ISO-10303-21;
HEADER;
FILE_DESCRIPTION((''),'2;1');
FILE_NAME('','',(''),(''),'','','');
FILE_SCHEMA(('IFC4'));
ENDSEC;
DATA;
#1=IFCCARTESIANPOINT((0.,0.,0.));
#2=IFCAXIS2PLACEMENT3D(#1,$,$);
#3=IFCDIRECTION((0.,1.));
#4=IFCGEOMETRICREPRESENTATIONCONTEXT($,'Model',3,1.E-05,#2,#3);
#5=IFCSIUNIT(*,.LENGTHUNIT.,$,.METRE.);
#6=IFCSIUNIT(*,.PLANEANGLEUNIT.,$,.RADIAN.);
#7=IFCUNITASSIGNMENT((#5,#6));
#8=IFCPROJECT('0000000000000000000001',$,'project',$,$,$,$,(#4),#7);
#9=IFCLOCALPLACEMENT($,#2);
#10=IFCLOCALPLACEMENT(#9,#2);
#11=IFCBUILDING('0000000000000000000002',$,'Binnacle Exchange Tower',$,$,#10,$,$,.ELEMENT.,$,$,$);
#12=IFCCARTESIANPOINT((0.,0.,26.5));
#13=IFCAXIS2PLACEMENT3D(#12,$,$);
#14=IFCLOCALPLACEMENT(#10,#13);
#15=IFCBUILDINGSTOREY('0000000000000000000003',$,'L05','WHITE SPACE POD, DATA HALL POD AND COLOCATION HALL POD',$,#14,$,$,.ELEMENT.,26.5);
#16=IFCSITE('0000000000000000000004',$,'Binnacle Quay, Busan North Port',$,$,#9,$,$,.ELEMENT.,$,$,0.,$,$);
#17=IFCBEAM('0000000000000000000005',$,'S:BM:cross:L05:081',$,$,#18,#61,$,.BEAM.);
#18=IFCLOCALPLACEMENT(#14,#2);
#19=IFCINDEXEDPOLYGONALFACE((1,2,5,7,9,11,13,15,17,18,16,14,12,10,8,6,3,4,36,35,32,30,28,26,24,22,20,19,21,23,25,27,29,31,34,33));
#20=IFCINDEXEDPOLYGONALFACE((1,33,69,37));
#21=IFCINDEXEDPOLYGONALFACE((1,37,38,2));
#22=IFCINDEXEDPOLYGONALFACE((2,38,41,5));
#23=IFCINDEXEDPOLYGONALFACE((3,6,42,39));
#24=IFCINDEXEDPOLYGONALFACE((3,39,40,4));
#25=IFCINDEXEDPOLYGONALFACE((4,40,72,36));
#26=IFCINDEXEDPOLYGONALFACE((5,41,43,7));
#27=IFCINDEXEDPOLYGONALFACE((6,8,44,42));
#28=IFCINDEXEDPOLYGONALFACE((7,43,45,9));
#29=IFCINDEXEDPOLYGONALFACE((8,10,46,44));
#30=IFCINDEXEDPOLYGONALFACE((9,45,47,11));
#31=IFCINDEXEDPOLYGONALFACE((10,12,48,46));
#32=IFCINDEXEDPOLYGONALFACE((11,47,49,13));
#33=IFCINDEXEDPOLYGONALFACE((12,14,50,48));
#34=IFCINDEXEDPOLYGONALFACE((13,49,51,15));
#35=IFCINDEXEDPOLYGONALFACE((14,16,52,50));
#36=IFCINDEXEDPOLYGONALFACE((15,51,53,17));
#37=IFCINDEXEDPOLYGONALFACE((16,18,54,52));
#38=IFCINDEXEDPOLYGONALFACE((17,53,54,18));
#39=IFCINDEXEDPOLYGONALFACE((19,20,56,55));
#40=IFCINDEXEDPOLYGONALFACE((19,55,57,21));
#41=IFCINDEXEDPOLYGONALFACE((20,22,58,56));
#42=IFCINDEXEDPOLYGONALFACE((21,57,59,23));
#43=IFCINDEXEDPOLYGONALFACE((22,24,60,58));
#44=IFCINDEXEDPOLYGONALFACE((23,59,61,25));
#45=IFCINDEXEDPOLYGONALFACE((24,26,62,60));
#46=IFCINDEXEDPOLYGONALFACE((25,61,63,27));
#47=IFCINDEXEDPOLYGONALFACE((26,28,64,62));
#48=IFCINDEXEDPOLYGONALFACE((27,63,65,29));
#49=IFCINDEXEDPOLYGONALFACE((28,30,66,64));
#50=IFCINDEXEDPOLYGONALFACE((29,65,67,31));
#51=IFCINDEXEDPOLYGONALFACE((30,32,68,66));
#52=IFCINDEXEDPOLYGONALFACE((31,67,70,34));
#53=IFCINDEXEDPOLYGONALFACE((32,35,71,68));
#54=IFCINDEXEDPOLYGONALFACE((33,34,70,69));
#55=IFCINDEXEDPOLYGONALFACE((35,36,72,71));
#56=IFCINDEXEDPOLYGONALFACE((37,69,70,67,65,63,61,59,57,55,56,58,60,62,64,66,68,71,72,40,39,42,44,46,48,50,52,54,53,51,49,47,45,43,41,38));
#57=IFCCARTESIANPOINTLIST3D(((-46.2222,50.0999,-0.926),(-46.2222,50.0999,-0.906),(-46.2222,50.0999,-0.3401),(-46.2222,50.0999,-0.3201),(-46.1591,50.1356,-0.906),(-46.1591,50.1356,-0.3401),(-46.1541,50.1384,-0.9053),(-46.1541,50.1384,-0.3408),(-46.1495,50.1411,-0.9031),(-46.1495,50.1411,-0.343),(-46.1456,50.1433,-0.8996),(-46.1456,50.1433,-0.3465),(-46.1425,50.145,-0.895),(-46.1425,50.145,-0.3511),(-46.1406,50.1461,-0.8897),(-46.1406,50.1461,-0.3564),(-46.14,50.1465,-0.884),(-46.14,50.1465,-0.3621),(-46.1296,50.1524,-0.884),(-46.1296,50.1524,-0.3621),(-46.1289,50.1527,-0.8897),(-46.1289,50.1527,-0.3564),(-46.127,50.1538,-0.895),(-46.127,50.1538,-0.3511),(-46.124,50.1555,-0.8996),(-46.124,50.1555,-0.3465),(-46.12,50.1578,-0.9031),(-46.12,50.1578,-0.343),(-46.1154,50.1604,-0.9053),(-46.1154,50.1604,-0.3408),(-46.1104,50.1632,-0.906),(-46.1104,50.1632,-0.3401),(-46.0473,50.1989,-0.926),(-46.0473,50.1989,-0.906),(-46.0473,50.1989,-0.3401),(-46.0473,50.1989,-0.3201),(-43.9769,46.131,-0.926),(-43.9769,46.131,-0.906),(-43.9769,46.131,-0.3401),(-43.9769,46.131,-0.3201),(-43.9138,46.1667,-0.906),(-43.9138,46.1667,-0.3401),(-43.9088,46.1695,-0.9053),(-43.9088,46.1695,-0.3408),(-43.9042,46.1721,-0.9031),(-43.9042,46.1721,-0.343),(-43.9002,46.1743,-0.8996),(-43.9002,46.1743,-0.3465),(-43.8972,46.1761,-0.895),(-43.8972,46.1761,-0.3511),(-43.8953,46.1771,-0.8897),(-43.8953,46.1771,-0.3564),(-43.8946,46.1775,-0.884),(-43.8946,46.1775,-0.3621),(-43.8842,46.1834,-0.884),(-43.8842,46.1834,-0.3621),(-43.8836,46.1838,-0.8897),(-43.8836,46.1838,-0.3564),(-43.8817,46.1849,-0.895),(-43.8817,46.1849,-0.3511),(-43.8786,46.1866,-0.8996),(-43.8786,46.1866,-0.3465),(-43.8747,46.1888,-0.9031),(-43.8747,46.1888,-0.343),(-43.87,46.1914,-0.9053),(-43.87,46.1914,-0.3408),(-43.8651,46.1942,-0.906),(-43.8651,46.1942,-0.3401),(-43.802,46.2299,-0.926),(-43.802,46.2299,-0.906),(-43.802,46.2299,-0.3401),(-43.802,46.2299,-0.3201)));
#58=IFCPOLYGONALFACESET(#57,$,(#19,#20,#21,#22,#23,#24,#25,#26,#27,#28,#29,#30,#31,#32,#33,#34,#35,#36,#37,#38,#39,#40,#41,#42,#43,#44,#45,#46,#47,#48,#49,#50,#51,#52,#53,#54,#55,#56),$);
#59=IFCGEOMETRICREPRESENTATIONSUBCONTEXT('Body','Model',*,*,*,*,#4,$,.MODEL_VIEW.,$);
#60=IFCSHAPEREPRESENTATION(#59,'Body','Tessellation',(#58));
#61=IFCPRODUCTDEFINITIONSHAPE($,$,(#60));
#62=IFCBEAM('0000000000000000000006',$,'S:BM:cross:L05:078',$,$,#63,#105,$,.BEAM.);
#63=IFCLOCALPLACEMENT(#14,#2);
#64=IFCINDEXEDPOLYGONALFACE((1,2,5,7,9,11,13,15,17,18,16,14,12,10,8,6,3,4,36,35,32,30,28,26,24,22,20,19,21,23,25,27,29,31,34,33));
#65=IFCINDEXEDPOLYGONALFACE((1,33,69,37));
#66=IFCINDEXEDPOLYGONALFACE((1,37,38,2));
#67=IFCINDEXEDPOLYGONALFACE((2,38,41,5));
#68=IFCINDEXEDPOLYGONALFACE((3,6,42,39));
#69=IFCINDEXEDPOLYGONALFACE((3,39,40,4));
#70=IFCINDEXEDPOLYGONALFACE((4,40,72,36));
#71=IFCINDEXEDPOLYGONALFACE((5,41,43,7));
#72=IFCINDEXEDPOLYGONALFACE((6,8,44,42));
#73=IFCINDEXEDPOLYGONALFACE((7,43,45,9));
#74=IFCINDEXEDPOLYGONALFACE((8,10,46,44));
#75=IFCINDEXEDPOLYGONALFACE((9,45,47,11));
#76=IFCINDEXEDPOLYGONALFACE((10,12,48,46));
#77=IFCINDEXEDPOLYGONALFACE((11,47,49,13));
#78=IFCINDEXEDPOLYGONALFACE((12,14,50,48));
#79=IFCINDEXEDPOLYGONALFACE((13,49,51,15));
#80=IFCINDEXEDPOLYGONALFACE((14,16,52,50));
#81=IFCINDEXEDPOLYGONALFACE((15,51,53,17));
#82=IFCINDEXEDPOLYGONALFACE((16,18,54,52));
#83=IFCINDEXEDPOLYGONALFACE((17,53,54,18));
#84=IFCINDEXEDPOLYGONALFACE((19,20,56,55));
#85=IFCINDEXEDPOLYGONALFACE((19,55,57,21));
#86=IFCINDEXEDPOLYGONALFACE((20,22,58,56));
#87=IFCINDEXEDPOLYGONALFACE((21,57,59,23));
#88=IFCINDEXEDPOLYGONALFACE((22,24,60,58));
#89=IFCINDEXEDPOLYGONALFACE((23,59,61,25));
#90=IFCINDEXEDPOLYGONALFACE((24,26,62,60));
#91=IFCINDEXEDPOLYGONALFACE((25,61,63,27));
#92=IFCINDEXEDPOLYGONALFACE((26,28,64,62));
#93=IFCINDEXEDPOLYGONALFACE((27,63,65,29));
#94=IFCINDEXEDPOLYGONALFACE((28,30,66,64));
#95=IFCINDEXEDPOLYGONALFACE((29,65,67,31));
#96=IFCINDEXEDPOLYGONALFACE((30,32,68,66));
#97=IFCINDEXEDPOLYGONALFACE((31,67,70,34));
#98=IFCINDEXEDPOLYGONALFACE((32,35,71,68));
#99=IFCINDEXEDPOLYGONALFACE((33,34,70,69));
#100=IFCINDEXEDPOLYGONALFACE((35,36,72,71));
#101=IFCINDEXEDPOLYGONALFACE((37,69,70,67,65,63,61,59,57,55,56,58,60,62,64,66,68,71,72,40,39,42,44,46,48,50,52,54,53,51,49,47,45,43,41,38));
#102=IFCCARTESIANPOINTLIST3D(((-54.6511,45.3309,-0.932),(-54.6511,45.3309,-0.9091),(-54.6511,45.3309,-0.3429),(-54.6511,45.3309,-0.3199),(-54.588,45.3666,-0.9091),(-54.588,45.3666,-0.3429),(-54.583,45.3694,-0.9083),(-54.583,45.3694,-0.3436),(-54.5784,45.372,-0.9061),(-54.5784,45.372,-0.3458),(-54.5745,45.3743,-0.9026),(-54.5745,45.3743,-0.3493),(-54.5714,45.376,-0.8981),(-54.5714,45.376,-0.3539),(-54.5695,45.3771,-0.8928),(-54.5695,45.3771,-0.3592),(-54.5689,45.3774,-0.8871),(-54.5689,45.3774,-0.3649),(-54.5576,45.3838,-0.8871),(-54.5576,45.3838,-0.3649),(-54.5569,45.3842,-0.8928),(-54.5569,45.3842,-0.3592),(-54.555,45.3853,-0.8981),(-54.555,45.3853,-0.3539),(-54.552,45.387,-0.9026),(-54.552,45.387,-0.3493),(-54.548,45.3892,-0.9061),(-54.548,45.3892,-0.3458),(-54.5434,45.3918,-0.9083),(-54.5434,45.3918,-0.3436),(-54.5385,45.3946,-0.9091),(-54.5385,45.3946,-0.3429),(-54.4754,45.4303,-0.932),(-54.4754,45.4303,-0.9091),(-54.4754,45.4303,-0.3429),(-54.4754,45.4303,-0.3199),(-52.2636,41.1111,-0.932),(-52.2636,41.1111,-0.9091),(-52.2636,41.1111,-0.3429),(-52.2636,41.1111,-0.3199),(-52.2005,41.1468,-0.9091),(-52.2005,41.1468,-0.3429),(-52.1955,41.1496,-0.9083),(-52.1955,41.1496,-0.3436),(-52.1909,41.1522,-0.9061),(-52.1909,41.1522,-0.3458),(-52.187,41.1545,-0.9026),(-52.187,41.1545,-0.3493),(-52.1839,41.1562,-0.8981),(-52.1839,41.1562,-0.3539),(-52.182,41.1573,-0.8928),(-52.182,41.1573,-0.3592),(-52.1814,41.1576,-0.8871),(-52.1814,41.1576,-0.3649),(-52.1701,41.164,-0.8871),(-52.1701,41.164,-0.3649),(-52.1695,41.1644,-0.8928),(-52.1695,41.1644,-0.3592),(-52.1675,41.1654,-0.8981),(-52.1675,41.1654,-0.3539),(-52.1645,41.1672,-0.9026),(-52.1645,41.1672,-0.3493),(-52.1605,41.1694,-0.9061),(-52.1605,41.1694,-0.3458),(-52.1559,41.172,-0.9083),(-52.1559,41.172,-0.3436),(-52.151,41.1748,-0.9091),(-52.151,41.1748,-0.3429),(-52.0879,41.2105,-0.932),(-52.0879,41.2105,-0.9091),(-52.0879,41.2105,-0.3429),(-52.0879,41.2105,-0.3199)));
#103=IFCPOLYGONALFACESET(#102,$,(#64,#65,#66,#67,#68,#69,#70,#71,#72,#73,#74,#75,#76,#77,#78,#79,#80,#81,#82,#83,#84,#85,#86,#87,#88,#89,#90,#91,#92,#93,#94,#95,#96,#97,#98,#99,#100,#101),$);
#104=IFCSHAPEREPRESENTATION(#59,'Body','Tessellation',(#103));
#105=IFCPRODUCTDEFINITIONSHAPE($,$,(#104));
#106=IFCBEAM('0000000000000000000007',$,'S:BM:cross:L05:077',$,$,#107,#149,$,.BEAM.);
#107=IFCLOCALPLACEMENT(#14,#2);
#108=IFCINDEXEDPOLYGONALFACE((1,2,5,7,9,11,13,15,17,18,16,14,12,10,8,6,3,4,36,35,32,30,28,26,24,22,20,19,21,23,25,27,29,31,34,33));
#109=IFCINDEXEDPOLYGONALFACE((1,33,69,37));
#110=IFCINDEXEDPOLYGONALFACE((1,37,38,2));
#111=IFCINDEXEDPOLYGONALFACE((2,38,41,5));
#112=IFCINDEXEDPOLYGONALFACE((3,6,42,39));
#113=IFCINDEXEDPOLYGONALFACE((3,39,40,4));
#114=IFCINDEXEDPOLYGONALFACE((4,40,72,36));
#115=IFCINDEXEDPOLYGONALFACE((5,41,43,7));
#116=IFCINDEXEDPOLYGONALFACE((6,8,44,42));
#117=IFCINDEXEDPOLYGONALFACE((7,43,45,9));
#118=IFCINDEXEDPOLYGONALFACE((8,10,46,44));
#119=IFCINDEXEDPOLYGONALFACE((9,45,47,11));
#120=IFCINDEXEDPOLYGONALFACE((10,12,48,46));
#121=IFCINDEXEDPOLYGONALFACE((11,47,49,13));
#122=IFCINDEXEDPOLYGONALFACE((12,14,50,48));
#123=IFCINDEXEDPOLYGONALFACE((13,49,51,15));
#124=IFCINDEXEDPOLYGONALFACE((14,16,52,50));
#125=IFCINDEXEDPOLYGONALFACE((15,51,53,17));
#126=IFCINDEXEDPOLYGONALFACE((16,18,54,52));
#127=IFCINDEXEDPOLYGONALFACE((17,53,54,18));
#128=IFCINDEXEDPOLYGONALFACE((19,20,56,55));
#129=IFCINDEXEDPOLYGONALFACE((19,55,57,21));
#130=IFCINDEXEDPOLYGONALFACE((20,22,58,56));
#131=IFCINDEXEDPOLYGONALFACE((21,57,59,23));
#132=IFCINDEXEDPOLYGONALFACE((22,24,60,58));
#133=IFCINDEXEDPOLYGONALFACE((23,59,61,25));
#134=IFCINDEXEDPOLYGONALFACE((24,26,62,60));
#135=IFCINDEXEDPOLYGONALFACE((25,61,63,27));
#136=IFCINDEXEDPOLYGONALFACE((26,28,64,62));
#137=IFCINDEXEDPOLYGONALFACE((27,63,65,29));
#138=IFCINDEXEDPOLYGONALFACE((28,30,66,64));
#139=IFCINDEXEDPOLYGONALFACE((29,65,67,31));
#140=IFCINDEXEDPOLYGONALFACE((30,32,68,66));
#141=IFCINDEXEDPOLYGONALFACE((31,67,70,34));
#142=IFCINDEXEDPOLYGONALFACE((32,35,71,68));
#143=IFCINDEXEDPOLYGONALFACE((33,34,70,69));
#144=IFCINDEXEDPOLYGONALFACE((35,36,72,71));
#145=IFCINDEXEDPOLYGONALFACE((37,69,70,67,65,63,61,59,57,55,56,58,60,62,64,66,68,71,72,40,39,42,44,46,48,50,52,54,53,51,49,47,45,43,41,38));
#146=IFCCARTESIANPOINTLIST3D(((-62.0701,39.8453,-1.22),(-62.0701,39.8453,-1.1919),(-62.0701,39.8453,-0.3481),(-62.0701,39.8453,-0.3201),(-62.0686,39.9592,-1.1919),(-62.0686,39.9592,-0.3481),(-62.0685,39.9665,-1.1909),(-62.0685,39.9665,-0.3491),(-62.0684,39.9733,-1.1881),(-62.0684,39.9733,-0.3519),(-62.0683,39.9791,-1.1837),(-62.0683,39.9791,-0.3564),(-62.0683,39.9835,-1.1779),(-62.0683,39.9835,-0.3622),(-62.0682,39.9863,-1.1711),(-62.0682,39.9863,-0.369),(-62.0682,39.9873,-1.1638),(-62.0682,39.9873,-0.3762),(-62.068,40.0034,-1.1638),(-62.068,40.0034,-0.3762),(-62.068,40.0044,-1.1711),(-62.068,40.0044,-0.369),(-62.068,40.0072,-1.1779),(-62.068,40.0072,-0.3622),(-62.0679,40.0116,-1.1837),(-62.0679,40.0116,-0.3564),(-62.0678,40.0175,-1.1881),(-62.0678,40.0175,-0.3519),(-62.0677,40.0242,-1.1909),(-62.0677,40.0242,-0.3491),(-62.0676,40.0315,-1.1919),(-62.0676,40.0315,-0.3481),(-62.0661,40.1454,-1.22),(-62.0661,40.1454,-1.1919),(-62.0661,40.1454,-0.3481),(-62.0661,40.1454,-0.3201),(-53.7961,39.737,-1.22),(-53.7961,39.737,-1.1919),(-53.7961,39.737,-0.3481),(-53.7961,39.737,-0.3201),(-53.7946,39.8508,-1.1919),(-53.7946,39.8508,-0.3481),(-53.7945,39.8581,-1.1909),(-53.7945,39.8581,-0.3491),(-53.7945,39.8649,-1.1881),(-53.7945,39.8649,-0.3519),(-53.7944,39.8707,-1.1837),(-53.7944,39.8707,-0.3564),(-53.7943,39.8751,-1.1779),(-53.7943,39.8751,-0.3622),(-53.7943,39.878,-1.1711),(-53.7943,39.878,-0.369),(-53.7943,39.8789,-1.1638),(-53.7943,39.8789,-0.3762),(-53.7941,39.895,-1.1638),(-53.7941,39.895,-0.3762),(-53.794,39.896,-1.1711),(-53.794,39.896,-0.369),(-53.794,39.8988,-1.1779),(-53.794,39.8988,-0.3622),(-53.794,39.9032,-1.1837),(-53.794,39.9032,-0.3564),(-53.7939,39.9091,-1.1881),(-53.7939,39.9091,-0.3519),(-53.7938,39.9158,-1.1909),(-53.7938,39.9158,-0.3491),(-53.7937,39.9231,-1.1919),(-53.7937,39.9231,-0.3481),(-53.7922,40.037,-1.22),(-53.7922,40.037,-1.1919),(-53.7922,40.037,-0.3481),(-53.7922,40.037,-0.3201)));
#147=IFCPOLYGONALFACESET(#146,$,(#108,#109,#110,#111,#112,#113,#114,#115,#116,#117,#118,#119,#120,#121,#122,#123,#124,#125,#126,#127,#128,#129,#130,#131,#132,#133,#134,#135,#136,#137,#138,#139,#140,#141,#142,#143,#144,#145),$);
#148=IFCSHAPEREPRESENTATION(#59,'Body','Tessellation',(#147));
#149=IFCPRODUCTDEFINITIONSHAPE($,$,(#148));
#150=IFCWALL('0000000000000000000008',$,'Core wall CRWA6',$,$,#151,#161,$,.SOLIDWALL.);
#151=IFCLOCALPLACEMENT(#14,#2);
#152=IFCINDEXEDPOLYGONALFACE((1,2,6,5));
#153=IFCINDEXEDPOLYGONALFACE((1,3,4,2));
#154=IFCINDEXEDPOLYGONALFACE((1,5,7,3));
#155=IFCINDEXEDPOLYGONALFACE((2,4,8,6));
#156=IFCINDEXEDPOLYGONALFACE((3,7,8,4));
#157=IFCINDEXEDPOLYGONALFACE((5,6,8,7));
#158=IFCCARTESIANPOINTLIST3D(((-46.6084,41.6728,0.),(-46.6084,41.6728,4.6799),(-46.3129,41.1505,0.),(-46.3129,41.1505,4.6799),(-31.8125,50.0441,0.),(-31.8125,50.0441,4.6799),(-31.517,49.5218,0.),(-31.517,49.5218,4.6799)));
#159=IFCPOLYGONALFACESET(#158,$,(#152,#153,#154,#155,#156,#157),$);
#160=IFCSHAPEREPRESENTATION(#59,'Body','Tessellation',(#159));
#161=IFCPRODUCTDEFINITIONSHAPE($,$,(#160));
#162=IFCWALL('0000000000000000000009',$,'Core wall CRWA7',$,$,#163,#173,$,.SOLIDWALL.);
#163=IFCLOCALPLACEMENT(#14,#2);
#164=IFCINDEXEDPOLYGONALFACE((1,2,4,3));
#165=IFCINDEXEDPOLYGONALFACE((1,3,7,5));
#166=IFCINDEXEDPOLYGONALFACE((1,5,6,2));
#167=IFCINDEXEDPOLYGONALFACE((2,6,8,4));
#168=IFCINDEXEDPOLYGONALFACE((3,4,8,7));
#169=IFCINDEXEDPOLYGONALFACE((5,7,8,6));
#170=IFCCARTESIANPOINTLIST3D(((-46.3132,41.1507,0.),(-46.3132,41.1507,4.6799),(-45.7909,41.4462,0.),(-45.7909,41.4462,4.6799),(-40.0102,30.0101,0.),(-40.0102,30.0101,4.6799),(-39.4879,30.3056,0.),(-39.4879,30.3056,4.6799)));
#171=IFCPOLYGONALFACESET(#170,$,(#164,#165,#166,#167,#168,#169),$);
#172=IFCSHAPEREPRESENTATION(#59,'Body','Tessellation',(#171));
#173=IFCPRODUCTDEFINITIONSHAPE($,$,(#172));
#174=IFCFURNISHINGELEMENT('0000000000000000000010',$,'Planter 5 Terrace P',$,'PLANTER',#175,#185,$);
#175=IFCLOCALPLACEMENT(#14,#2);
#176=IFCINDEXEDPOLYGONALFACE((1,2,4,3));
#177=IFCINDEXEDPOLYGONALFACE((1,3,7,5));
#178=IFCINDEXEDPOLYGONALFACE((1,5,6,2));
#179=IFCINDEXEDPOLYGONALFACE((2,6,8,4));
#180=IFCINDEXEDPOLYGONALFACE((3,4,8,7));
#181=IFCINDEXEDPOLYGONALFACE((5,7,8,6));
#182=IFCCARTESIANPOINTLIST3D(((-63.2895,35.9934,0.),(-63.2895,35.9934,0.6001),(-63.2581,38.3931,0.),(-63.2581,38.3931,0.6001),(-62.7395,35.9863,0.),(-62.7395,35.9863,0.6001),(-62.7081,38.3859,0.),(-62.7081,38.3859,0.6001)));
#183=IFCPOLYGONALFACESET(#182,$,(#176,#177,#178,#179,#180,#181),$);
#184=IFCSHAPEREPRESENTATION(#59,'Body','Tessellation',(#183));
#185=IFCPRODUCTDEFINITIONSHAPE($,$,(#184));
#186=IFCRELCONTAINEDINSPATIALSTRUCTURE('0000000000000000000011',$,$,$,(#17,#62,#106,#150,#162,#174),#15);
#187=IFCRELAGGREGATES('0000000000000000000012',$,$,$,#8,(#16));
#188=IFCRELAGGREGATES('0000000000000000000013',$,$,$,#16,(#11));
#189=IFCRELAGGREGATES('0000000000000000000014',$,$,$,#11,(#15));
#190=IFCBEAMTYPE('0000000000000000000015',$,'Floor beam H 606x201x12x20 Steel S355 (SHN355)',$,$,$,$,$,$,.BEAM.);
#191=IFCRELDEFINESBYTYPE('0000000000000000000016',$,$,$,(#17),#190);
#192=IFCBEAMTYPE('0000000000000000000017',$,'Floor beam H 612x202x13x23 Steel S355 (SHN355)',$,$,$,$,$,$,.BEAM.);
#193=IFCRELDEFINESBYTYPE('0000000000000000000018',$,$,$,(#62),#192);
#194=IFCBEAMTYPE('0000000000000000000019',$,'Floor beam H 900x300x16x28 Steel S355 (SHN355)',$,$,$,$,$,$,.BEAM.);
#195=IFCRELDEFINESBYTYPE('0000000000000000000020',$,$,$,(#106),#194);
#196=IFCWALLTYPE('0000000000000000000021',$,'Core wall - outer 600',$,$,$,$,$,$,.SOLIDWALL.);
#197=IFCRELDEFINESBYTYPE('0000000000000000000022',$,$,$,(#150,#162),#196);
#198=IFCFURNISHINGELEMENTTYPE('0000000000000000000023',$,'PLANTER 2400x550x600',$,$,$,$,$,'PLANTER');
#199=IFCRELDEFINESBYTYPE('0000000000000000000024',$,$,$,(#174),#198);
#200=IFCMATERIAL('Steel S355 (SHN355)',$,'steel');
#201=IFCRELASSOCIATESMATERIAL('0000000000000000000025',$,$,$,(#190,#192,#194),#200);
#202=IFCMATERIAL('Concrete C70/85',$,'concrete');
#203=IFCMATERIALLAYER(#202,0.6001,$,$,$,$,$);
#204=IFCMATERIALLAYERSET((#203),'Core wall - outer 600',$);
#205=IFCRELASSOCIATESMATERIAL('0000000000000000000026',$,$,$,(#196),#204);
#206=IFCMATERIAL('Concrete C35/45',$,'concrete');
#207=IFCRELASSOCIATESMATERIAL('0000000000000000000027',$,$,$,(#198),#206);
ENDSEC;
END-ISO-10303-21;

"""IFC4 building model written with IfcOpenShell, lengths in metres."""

from ifc_helpers import new_model, si_unit, direction, frame, frame_2d, origin, origin_2d, place, context, subcontext, project, spatial, rectangle, i_section, extrude, material, layer, layer_set, material_profile, profile_set, type_object, element, save


model = new_model("IFC4")

# Units and contexts
model_context = context("Model", 3, precision=1e-05, world=origin(), true_north=direction((0.0, 1.0)))
body_context = subcontext(model_context, "Body", "Model", "MODEL_VIEW")
ifc_project = project(units=[si_unit("LENGTHUNIT", "METRE"), si_unit("PLANEANGLEUNIT", "RADIAN")], contexts=[model_context])

# Site, building, storey
site_placement = place(None, origin())
site = spatial("IfcSite", under=ifc_project, at=site_placement, Name="Binnacle Quay, Busan North Port", CompositionType="ELEMENT", RefElevation=0.0)
building_placement = place(site_placement, origin())
building = spatial("IfcBuilding", under=site, at=building_placement, Name="Binnacle Exchange Tower", CompositionType="ELEMENT")
storey_placement = place(building_placement, frame((0.0, 0.0, 26.5)))
storey = spatial("IfcBuildingStorey", under=building, at=storey_placement, Name="L05", Description="WHITE SPACE POD, DATA HALL POD AND COLOCATION HALL POD", CompositionType="ELEMENT", Elevation=26.5)

# Shared definitions
ifc_material_1 = material(Name="Concrete C70/85", Category="concrete")

# Beams
ifc_material_2 = material(Name="Steel S355 (SHN355)", Category="steel")
ifc_material_profile_1 = material_profile(ifc_material_2, i_section(OverallWidth=0.2009, OverallDepth=0.606, WebThickness=0.012, FlangeThickness=0.02, FilletRadius=0.022, at=origin_2d()), Name="H 606x201x12x20")
ifc_profile_set_1 = profile_set([ifc_material_profile_1], Name="Steel S355 (SHN355)")
beam_type_1 = type_object("IfcBeamType", Name="Floor beam H 606x201x12x20 Steel S355 (SHN355)", PredefinedType="BEAM", material=ifc_profile_set_1)
beam_1_placement = place(storey_placement, frame((-46.1348, 50.1494, -0.623), z_axis=(0.492392, -0.870373, 0.0), x_axis=(0.870373, 0.492392, 0.0)))
element("IfcBeam", 1, at=beam_1_placement, inside=storey, type_object=beam_type_1, Name="S:BM:cross:L05:081", PredefinedType="BEAM", context=body_context, shape_type="SweptSolid", body=[
    extrude(i_section(OverallWidth=0.2009, OverallDepth=0.606, WebThickness=0.012, FlangeThickness=0.02, FilletRadius=0.022, at=origin_2d()), origin(), (0.0, 0.0, 1.0), 4.5601),
])
ifc_material_profile_2 = material_profile(ifc_material_2, i_section(OverallWidth=0.2019, OverallDepth=0.6121, WebThickness=0.0129, FlangeThickness=0.0229, FilletRadius=0.022, at=origin_2d()), Name="H 612x202x13x23")
ifc_profile_set_2 = profile_set([ifc_material_profile_2], Name="Steel S355 (SHN355)")
beam_type_2 = type_object("IfcBeamType", Name="Floor beam H 612x202x13x23 Steel S355 (SHN355)", PredefinedType="BEAM", material=ifc_profile_set_2)
beam_2_placement = place(storey_placement, frame((-54.5632, 45.3806, -0.626), z_axis=(0.492431, -0.870352, 0.0), x_axis=(0.870352, 0.492431, 0.0)))
element("IfcBeam", 2, at=beam_2_placement, inside=storey, type_object=beam_type_2, Name="S:BM:cross:L05:078", PredefinedType="BEAM", context=body_context, shape_type="SweptSolid", body=[
    extrude(i_section(OverallWidth=0.2019, OverallDepth=0.6121, WebThickness=0.0129, FlangeThickness=0.0229, FilletRadius=0.022, at=origin_2d()), origin(), (0.0, 0.0, 1.0), 4.8484),
])
ifc_material_profile_3 = material_profile(ifc_material_2, i_section(OverallWidth=0.3, OverallDepth=0.8999, WebThickness=0.0161, FlangeThickness=0.0281, FilletRadius=0.0281, at=origin_2d()), Name="H 900x300x16x28")
ifc_profile_set_3 = profile_set([ifc_material_profile_3], Name="Steel S355 (SHN355)")
beam_type_3 = type_object("IfcBeamType", Name="Floor beam H 900x300x16x28 Steel S355 (SHN355)", PredefinedType="BEAM", material=ifc_profile_set_3)
beam_3_placement = place(storey_placement, frame((-62.0681, 39.9954, -0.77), z_axis=(0.999914, -0.0131, 0.0), x_axis=(0.0131, 0.999914, 0.0)))
element("IfcBeam", 3, at=beam_3_placement, inside=storey, type_object=beam_type_3, Name="S:BM:cross:L05:077", PredefinedType="BEAM", context=body_context, shape_type="SweptSolid", body=[
    extrude(i_section(OverallWidth=0.3, OverallDepth=0.8999, WebThickness=0.0161, FlangeThickness=0.0281, FilletRadius=0.0281, at=origin_2d()), origin(), (0.0, 0.0, 1.0), 8.2747),
])

# Walls
ifc_layer_1 = layer(ifc_material_1, 0.6001)
ifc_layer_set_1 = layer_set([ifc_layer_1], Name="Core wall - outer 600")
wall_type_1 = type_object("IfcWallType", Name="Core wall - outer 600", PredefinedType="SOLIDWALL", material=ifc_layer_set_1)
wall_1_placement = place(storey_placement, frame((-46.4607, 41.4116, 0.0), z_axis=(0.0, 0.0, 1.0), x_axis=(0.87035, 0.492433, 0.0)))
element("IfcWall", 4, at=wall_1_placement, inside=storey, type_object=wall_type_1, Name="Core wall CRWA6", PredefinedType="SOLIDWALL", context=body_context, shape_type="SweptSolid", body=[
    extrude(rectangle(XDim=17.0, YDim=0.6001, at=frame_2d((8.5, 0.0))), origin(), (0.0, 0.0, 1.0), 4.6799),
])
wall_2_placement = place(storey_placement, frame((-46.052, 41.2983, 0.0), z_axis=(0.0, 0.0, 1.0), x_axis=(0.492419, -0.870359, 0.0)))
element("IfcWall", 5, at=wall_2_placement, inside=storey, type_object=wall_type_1, Name="Core wall CRWA7", PredefinedType="SOLIDWALL", context=body_context, shape_type="SweptSolid", body=[
    extrude(rectangle(XDim=12.8, YDim=0.6001, at=frame_2d((6.3999, 0.0))), origin(), (0.0, 0.0, 1.0), 4.6799),
])

# Furnishing element
ifc_material_3 = material(Name="Concrete C35/45", Category="concrete")
furnishing_element_type = type_object("IfcFurnishingElementType", Name="PLANTER 2400x550x600", ElementType="PLANTER", material=ifc_material_3)
furnishing_placement = place(storey_placement, frame((-62.9988, 37.1897, 0.0), z_axis=(0.0, 0.0, 1.0), x_axis=(-0.013084, -0.999914, 0.0)))
element("IfcFurnishingElement", 6, at=furnishing_placement, inside=storey, type_object=furnishing_element_type, Name="Planter 5 Terrace P", ObjectType="PLANTER", context=body_context, shape_type="SweptSolid", body=[
    extrude(rectangle(XDim=2.3999, YDim=0.55, at=origin_2d()), origin(), (0.0, 0.0, 1.0), 0.6001),
])

save(model, "model.ifc")
